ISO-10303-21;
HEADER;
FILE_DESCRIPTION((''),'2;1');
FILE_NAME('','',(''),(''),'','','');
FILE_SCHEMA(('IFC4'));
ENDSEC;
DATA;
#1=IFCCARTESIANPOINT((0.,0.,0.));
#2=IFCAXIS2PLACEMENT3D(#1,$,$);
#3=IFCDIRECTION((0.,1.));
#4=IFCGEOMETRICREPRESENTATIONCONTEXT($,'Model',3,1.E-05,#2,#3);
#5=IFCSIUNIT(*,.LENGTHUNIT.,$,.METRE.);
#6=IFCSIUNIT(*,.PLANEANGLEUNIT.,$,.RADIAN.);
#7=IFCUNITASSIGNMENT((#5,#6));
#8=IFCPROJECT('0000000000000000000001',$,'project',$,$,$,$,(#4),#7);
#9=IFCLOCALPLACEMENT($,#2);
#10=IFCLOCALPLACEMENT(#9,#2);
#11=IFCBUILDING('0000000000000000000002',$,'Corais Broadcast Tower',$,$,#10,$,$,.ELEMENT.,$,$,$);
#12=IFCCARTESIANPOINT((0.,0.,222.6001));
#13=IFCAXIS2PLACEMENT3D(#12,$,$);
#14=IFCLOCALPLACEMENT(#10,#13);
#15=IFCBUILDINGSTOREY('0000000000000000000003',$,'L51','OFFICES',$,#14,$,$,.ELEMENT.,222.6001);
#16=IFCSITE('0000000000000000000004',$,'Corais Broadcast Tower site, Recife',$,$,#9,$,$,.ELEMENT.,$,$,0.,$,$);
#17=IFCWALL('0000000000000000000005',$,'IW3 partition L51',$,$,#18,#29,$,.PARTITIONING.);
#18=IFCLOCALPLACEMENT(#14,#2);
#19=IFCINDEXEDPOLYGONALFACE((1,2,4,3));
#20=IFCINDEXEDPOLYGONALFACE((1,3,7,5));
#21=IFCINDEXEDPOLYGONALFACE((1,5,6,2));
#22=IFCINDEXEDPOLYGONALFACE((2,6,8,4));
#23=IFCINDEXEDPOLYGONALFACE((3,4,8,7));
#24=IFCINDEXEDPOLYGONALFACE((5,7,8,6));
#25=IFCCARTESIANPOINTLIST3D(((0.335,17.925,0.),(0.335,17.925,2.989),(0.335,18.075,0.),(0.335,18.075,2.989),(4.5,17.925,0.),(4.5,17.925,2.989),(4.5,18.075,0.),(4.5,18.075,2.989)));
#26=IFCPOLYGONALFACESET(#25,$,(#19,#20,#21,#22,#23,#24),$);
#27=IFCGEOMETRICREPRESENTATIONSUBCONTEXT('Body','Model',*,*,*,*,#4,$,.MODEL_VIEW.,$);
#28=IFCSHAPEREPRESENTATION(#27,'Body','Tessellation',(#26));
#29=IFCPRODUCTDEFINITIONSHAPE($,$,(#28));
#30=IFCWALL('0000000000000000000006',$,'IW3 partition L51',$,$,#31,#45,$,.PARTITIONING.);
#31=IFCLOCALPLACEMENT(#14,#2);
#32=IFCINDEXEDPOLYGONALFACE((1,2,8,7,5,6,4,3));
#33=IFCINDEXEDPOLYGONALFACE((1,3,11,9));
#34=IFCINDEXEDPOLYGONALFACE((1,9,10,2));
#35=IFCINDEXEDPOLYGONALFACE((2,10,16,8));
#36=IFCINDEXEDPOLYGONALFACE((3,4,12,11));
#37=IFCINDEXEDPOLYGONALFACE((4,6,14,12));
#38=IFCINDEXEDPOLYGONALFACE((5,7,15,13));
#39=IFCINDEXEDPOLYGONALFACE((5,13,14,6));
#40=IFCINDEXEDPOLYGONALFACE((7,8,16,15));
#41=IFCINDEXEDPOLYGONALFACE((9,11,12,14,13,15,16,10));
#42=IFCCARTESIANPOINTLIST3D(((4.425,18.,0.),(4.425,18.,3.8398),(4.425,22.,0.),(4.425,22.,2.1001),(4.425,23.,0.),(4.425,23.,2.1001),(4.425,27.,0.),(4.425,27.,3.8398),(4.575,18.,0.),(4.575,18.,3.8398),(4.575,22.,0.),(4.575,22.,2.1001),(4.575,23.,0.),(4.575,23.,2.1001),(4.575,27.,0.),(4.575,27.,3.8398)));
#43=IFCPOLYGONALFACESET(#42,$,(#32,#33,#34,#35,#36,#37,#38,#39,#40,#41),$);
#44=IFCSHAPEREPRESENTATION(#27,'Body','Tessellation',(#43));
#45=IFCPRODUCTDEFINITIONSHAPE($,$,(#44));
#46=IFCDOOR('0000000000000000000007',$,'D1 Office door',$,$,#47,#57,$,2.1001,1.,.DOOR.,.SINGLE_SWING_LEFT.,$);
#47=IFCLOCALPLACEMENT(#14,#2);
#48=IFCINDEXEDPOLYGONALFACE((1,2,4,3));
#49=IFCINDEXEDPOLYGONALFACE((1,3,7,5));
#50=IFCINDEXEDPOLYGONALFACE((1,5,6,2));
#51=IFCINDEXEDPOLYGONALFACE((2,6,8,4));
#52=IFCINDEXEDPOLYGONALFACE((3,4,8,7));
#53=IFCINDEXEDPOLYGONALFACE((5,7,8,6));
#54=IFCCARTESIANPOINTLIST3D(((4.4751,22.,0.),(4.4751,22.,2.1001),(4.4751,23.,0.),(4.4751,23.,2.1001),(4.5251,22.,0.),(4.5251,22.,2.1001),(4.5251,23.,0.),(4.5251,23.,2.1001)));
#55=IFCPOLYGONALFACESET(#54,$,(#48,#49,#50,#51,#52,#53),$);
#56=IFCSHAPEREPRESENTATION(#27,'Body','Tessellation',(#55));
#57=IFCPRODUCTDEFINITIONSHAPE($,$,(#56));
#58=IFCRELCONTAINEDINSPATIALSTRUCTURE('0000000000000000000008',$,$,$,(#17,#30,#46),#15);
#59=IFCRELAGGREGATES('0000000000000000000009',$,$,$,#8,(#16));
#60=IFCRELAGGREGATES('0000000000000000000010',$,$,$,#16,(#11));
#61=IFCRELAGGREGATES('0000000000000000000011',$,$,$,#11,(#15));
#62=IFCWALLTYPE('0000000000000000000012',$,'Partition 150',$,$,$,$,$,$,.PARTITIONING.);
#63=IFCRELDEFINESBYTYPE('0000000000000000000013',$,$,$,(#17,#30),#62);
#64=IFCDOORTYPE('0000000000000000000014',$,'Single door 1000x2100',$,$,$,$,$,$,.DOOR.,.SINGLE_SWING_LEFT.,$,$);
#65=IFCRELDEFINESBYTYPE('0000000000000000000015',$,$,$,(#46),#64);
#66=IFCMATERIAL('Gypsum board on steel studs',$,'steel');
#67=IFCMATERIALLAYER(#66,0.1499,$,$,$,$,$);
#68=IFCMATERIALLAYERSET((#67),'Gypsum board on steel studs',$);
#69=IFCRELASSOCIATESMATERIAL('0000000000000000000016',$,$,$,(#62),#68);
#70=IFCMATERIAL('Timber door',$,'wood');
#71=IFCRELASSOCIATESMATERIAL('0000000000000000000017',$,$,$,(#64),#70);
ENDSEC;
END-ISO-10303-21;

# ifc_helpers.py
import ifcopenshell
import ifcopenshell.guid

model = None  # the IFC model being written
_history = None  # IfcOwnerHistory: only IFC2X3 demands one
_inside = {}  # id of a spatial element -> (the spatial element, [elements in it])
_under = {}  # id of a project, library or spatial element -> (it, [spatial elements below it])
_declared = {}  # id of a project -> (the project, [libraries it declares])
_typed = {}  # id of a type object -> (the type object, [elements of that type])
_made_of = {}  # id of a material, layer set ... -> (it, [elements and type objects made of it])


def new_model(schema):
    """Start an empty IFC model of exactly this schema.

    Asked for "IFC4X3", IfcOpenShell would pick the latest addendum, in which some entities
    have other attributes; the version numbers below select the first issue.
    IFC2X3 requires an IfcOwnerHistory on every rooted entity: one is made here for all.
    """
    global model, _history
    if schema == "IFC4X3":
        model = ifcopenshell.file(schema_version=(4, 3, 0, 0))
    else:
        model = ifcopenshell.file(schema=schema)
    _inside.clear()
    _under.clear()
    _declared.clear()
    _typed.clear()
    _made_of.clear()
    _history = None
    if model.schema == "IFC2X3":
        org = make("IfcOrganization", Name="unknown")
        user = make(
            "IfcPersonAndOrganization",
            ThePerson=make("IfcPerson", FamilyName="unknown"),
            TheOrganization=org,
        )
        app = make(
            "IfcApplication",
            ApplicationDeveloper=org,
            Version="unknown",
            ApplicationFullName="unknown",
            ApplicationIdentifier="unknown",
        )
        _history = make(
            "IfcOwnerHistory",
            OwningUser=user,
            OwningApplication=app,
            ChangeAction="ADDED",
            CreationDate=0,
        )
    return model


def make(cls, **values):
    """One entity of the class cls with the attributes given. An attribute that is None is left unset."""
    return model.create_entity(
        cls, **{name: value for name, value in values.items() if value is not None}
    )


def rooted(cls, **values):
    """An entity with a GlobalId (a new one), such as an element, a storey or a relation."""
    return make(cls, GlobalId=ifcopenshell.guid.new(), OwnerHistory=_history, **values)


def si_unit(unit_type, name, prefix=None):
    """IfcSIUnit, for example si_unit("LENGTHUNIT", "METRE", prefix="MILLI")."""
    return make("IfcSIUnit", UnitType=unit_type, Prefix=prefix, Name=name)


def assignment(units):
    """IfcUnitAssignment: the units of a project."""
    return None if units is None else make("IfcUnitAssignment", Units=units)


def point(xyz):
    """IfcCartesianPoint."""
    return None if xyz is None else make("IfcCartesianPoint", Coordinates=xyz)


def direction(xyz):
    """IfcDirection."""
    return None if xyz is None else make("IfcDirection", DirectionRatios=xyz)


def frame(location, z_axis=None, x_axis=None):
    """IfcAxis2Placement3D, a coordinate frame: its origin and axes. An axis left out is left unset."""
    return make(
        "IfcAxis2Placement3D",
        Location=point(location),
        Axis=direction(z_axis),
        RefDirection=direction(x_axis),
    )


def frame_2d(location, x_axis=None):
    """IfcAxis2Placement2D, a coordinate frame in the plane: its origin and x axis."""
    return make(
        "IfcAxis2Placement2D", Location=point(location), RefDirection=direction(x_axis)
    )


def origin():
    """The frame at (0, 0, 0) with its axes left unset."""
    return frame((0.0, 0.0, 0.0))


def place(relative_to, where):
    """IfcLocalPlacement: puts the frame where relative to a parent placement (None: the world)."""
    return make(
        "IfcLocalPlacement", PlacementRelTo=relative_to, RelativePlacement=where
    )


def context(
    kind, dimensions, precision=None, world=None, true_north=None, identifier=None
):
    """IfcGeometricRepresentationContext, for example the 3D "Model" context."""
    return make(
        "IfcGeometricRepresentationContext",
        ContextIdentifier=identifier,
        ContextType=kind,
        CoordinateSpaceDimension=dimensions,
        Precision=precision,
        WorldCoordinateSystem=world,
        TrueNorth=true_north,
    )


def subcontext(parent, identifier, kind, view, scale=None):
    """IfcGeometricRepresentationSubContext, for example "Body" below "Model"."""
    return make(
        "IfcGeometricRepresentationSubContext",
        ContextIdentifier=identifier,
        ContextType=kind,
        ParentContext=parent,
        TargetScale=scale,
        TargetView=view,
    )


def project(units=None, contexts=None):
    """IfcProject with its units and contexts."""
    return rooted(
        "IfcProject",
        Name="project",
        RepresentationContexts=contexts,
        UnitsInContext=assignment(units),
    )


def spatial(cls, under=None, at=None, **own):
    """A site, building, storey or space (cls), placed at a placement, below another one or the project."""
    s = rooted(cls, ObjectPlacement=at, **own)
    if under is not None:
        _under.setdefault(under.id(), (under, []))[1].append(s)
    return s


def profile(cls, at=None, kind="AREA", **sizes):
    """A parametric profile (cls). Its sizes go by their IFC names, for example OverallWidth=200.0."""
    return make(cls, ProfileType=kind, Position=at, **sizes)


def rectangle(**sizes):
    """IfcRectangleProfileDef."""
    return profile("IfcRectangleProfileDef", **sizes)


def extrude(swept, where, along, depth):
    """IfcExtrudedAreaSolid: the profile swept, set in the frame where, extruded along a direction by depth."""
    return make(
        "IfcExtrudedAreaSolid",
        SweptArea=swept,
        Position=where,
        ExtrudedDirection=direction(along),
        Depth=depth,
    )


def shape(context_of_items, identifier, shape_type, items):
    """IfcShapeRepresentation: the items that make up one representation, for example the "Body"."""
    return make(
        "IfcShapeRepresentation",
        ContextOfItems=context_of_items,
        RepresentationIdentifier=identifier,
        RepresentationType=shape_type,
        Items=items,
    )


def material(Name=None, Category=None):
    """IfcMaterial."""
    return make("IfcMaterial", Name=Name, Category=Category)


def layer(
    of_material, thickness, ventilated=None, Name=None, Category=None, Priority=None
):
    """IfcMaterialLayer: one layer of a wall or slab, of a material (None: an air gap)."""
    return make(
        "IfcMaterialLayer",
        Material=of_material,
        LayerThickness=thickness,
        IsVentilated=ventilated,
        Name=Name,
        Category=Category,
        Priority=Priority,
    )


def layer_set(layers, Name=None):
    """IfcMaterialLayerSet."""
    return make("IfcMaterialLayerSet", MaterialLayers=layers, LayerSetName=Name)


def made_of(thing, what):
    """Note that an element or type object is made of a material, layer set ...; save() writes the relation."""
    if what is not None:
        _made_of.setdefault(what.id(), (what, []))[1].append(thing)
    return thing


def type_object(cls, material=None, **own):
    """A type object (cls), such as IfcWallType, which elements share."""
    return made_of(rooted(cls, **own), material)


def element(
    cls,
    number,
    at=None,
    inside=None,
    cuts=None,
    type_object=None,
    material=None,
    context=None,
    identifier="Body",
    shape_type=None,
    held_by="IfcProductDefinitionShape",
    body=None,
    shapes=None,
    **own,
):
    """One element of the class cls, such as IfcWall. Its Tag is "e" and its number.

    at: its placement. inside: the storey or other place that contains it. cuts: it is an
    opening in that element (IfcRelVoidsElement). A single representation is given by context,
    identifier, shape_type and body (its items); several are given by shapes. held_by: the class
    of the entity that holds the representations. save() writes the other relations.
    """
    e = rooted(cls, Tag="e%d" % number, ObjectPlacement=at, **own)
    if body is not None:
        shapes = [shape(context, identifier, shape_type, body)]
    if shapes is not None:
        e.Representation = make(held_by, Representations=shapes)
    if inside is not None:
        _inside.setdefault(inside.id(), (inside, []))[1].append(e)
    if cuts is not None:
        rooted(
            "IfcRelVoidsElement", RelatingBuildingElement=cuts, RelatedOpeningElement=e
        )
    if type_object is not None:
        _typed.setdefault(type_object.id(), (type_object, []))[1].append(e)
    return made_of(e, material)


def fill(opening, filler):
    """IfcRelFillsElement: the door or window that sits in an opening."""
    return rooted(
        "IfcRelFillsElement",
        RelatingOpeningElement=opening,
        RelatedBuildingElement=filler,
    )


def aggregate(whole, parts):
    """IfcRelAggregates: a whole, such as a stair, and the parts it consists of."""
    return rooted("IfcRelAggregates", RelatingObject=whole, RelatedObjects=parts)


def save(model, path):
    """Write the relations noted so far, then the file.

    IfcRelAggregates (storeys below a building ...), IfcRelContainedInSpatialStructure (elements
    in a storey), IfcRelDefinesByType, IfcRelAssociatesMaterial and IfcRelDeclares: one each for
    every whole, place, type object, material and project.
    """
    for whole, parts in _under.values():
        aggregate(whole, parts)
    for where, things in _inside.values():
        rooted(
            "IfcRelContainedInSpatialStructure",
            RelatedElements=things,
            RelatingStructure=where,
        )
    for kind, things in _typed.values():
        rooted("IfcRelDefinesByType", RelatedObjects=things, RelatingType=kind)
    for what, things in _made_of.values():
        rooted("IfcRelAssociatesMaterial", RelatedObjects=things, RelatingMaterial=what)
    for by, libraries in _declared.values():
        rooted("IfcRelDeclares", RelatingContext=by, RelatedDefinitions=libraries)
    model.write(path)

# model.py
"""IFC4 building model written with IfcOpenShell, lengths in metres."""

from ifc_helpers import new_model, si_unit, direction, frame, frame_2d, origin, place, context, subcontext, project, spatial, rectangle, extrude, material, layer, layer_set, type_object, element, fill, save


model = new_model("IFC4")

# Units and contexts
model_context = context("Model", 3, precision=1e-05, world=origin(), true_north=direction((0.0, 1.0)))
body_context = subcontext(model_context, "Body", "Model", "MODEL_VIEW")
ifc_project = project(units=[si_unit("LENGTHUNIT", "METRE"), si_unit("PLANEANGLEUNIT", "RADIAN")], contexts=[model_context])

# Site, building, storey
site_placement = place(None, origin())
site = spatial("IfcSite", under=ifc_project, at=site_placement, Name="Corais Broadcast Tower site, Recife", CompositionType="ELEMENT", RefElevation=0.0)
building_placement = place(site_placement, origin())
building = spatial("IfcBuilding", under=site, at=building_placement, Name="Corais Broadcast Tower", CompositionType="ELEMENT")
storey_placement = place(building_placement, frame((0.0, 0.0, 222.6001)))
storey = spatial("IfcBuildingStorey", under=building, at=storey_placement, Name="L51", Description="OFFICES", CompositionType="ELEMENT", Elevation=222.6001)

# Wall
ifc_material_1 = material(Name="Gypsum board on steel studs", Category="steel")
ifc_layer_1 = layer(ifc_material_1, 0.1499)
ifc_layer_set_1 = layer_set([ifc_layer_1], Name="Gypsum board on steel studs")
wall_type = type_object("IfcWallType", Name="Partition 150", PredefinedType="PARTITIONING", material=ifc_layer_set_1)
wall_1_placement = place(storey_placement, frame((0.335, 18.0, 0.0), z_axis=(0.0, 0.0, 1.0), x_axis=(1.0, 0.0, 0.0)))
element("IfcWall", 1, at=wall_1_placement, inside=storey, type_object=wall_type, Name="IW3 partition L51", PredefinedType="PARTITIONING", context=body_context, shape_type="SweptSolid", body=[
    extrude(rectangle(XDim=4.165, YDim=0.1499, at=frame_2d((2.0825, 0.0))), origin(), (0.0, 0.0, 1.0), 2.989),
])

# Wall, opening, door
wall_2_placement = place(storey_placement, frame((4.5, 18.0, 0.0), z_axis=(0.0, 0.0, 1.0), x_axis=(0.0, 1.0, 0.0)))
wall_2 = element("IfcWall", 2, at=wall_2_placement, inside=storey, type_object=wall_type, Name="IW3 partition L51", PredefinedType="PARTITIONING", context=body_context, shape_type="SweptSolid", body=[
    extrude(rectangle(XDim=9.0, YDim=0.1499, at=frame_2d((4.5, 0.0))), origin(), (0.0, 0.0, 1.0), 3.8398),
])
opening_placement = place(wall_2_placement, frame((4.0, 0.0, 0.0)))
opening = element("IfcOpeningElement", 3, at=opening_placement, cuts=wall_2, PredefinedType="OPENING", context=body_context, shape_type="SweptSolid", body=[
    extrude(rectangle(XDim=1.0, YDim=2.1001, at=frame_2d((0.5, 1.05))), frame((0.0, 0.085, 0.0), z_axis=(0.0, -1.0, 0.0), x_axis=(1.0, 0.0, 0.0)), (0.0, 0.0, 1.0), 0.1699),
])
ifc_material_2 = material(Name="Timber door", Category="wood")
door_type = type_object("IfcDoorType", Name="Single door 1000x2100", OperationType="SINGLE_SWING_LEFT", PredefinedType="DOOR", material=ifc_material_2)
door_placement = place(opening_placement, origin())
door = element("IfcDoor", 4, at=door_placement, inside=storey, type_object=door_type, Name="D1 Office door", OperationType="SINGLE_SWING_LEFT", OverallHeight=2.1001, OverallWidth=1.0, PredefinedType="DOOR", context=body_context, shape_type="SweptSolid", body=[
    extrude(rectangle(XDim=1.0, YDim=2.1001, at=frame_2d((0.5, 1.05))), frame((0.0, 0.0249, 0.0), z_axis=(0.0, -1.0, 0.0), x_axis=(1.0, 0.0, 0.0)), (0.0, 0.0, 1.0), 0.05),
])
fill(opening, door)

save(model, "model.ifc")
